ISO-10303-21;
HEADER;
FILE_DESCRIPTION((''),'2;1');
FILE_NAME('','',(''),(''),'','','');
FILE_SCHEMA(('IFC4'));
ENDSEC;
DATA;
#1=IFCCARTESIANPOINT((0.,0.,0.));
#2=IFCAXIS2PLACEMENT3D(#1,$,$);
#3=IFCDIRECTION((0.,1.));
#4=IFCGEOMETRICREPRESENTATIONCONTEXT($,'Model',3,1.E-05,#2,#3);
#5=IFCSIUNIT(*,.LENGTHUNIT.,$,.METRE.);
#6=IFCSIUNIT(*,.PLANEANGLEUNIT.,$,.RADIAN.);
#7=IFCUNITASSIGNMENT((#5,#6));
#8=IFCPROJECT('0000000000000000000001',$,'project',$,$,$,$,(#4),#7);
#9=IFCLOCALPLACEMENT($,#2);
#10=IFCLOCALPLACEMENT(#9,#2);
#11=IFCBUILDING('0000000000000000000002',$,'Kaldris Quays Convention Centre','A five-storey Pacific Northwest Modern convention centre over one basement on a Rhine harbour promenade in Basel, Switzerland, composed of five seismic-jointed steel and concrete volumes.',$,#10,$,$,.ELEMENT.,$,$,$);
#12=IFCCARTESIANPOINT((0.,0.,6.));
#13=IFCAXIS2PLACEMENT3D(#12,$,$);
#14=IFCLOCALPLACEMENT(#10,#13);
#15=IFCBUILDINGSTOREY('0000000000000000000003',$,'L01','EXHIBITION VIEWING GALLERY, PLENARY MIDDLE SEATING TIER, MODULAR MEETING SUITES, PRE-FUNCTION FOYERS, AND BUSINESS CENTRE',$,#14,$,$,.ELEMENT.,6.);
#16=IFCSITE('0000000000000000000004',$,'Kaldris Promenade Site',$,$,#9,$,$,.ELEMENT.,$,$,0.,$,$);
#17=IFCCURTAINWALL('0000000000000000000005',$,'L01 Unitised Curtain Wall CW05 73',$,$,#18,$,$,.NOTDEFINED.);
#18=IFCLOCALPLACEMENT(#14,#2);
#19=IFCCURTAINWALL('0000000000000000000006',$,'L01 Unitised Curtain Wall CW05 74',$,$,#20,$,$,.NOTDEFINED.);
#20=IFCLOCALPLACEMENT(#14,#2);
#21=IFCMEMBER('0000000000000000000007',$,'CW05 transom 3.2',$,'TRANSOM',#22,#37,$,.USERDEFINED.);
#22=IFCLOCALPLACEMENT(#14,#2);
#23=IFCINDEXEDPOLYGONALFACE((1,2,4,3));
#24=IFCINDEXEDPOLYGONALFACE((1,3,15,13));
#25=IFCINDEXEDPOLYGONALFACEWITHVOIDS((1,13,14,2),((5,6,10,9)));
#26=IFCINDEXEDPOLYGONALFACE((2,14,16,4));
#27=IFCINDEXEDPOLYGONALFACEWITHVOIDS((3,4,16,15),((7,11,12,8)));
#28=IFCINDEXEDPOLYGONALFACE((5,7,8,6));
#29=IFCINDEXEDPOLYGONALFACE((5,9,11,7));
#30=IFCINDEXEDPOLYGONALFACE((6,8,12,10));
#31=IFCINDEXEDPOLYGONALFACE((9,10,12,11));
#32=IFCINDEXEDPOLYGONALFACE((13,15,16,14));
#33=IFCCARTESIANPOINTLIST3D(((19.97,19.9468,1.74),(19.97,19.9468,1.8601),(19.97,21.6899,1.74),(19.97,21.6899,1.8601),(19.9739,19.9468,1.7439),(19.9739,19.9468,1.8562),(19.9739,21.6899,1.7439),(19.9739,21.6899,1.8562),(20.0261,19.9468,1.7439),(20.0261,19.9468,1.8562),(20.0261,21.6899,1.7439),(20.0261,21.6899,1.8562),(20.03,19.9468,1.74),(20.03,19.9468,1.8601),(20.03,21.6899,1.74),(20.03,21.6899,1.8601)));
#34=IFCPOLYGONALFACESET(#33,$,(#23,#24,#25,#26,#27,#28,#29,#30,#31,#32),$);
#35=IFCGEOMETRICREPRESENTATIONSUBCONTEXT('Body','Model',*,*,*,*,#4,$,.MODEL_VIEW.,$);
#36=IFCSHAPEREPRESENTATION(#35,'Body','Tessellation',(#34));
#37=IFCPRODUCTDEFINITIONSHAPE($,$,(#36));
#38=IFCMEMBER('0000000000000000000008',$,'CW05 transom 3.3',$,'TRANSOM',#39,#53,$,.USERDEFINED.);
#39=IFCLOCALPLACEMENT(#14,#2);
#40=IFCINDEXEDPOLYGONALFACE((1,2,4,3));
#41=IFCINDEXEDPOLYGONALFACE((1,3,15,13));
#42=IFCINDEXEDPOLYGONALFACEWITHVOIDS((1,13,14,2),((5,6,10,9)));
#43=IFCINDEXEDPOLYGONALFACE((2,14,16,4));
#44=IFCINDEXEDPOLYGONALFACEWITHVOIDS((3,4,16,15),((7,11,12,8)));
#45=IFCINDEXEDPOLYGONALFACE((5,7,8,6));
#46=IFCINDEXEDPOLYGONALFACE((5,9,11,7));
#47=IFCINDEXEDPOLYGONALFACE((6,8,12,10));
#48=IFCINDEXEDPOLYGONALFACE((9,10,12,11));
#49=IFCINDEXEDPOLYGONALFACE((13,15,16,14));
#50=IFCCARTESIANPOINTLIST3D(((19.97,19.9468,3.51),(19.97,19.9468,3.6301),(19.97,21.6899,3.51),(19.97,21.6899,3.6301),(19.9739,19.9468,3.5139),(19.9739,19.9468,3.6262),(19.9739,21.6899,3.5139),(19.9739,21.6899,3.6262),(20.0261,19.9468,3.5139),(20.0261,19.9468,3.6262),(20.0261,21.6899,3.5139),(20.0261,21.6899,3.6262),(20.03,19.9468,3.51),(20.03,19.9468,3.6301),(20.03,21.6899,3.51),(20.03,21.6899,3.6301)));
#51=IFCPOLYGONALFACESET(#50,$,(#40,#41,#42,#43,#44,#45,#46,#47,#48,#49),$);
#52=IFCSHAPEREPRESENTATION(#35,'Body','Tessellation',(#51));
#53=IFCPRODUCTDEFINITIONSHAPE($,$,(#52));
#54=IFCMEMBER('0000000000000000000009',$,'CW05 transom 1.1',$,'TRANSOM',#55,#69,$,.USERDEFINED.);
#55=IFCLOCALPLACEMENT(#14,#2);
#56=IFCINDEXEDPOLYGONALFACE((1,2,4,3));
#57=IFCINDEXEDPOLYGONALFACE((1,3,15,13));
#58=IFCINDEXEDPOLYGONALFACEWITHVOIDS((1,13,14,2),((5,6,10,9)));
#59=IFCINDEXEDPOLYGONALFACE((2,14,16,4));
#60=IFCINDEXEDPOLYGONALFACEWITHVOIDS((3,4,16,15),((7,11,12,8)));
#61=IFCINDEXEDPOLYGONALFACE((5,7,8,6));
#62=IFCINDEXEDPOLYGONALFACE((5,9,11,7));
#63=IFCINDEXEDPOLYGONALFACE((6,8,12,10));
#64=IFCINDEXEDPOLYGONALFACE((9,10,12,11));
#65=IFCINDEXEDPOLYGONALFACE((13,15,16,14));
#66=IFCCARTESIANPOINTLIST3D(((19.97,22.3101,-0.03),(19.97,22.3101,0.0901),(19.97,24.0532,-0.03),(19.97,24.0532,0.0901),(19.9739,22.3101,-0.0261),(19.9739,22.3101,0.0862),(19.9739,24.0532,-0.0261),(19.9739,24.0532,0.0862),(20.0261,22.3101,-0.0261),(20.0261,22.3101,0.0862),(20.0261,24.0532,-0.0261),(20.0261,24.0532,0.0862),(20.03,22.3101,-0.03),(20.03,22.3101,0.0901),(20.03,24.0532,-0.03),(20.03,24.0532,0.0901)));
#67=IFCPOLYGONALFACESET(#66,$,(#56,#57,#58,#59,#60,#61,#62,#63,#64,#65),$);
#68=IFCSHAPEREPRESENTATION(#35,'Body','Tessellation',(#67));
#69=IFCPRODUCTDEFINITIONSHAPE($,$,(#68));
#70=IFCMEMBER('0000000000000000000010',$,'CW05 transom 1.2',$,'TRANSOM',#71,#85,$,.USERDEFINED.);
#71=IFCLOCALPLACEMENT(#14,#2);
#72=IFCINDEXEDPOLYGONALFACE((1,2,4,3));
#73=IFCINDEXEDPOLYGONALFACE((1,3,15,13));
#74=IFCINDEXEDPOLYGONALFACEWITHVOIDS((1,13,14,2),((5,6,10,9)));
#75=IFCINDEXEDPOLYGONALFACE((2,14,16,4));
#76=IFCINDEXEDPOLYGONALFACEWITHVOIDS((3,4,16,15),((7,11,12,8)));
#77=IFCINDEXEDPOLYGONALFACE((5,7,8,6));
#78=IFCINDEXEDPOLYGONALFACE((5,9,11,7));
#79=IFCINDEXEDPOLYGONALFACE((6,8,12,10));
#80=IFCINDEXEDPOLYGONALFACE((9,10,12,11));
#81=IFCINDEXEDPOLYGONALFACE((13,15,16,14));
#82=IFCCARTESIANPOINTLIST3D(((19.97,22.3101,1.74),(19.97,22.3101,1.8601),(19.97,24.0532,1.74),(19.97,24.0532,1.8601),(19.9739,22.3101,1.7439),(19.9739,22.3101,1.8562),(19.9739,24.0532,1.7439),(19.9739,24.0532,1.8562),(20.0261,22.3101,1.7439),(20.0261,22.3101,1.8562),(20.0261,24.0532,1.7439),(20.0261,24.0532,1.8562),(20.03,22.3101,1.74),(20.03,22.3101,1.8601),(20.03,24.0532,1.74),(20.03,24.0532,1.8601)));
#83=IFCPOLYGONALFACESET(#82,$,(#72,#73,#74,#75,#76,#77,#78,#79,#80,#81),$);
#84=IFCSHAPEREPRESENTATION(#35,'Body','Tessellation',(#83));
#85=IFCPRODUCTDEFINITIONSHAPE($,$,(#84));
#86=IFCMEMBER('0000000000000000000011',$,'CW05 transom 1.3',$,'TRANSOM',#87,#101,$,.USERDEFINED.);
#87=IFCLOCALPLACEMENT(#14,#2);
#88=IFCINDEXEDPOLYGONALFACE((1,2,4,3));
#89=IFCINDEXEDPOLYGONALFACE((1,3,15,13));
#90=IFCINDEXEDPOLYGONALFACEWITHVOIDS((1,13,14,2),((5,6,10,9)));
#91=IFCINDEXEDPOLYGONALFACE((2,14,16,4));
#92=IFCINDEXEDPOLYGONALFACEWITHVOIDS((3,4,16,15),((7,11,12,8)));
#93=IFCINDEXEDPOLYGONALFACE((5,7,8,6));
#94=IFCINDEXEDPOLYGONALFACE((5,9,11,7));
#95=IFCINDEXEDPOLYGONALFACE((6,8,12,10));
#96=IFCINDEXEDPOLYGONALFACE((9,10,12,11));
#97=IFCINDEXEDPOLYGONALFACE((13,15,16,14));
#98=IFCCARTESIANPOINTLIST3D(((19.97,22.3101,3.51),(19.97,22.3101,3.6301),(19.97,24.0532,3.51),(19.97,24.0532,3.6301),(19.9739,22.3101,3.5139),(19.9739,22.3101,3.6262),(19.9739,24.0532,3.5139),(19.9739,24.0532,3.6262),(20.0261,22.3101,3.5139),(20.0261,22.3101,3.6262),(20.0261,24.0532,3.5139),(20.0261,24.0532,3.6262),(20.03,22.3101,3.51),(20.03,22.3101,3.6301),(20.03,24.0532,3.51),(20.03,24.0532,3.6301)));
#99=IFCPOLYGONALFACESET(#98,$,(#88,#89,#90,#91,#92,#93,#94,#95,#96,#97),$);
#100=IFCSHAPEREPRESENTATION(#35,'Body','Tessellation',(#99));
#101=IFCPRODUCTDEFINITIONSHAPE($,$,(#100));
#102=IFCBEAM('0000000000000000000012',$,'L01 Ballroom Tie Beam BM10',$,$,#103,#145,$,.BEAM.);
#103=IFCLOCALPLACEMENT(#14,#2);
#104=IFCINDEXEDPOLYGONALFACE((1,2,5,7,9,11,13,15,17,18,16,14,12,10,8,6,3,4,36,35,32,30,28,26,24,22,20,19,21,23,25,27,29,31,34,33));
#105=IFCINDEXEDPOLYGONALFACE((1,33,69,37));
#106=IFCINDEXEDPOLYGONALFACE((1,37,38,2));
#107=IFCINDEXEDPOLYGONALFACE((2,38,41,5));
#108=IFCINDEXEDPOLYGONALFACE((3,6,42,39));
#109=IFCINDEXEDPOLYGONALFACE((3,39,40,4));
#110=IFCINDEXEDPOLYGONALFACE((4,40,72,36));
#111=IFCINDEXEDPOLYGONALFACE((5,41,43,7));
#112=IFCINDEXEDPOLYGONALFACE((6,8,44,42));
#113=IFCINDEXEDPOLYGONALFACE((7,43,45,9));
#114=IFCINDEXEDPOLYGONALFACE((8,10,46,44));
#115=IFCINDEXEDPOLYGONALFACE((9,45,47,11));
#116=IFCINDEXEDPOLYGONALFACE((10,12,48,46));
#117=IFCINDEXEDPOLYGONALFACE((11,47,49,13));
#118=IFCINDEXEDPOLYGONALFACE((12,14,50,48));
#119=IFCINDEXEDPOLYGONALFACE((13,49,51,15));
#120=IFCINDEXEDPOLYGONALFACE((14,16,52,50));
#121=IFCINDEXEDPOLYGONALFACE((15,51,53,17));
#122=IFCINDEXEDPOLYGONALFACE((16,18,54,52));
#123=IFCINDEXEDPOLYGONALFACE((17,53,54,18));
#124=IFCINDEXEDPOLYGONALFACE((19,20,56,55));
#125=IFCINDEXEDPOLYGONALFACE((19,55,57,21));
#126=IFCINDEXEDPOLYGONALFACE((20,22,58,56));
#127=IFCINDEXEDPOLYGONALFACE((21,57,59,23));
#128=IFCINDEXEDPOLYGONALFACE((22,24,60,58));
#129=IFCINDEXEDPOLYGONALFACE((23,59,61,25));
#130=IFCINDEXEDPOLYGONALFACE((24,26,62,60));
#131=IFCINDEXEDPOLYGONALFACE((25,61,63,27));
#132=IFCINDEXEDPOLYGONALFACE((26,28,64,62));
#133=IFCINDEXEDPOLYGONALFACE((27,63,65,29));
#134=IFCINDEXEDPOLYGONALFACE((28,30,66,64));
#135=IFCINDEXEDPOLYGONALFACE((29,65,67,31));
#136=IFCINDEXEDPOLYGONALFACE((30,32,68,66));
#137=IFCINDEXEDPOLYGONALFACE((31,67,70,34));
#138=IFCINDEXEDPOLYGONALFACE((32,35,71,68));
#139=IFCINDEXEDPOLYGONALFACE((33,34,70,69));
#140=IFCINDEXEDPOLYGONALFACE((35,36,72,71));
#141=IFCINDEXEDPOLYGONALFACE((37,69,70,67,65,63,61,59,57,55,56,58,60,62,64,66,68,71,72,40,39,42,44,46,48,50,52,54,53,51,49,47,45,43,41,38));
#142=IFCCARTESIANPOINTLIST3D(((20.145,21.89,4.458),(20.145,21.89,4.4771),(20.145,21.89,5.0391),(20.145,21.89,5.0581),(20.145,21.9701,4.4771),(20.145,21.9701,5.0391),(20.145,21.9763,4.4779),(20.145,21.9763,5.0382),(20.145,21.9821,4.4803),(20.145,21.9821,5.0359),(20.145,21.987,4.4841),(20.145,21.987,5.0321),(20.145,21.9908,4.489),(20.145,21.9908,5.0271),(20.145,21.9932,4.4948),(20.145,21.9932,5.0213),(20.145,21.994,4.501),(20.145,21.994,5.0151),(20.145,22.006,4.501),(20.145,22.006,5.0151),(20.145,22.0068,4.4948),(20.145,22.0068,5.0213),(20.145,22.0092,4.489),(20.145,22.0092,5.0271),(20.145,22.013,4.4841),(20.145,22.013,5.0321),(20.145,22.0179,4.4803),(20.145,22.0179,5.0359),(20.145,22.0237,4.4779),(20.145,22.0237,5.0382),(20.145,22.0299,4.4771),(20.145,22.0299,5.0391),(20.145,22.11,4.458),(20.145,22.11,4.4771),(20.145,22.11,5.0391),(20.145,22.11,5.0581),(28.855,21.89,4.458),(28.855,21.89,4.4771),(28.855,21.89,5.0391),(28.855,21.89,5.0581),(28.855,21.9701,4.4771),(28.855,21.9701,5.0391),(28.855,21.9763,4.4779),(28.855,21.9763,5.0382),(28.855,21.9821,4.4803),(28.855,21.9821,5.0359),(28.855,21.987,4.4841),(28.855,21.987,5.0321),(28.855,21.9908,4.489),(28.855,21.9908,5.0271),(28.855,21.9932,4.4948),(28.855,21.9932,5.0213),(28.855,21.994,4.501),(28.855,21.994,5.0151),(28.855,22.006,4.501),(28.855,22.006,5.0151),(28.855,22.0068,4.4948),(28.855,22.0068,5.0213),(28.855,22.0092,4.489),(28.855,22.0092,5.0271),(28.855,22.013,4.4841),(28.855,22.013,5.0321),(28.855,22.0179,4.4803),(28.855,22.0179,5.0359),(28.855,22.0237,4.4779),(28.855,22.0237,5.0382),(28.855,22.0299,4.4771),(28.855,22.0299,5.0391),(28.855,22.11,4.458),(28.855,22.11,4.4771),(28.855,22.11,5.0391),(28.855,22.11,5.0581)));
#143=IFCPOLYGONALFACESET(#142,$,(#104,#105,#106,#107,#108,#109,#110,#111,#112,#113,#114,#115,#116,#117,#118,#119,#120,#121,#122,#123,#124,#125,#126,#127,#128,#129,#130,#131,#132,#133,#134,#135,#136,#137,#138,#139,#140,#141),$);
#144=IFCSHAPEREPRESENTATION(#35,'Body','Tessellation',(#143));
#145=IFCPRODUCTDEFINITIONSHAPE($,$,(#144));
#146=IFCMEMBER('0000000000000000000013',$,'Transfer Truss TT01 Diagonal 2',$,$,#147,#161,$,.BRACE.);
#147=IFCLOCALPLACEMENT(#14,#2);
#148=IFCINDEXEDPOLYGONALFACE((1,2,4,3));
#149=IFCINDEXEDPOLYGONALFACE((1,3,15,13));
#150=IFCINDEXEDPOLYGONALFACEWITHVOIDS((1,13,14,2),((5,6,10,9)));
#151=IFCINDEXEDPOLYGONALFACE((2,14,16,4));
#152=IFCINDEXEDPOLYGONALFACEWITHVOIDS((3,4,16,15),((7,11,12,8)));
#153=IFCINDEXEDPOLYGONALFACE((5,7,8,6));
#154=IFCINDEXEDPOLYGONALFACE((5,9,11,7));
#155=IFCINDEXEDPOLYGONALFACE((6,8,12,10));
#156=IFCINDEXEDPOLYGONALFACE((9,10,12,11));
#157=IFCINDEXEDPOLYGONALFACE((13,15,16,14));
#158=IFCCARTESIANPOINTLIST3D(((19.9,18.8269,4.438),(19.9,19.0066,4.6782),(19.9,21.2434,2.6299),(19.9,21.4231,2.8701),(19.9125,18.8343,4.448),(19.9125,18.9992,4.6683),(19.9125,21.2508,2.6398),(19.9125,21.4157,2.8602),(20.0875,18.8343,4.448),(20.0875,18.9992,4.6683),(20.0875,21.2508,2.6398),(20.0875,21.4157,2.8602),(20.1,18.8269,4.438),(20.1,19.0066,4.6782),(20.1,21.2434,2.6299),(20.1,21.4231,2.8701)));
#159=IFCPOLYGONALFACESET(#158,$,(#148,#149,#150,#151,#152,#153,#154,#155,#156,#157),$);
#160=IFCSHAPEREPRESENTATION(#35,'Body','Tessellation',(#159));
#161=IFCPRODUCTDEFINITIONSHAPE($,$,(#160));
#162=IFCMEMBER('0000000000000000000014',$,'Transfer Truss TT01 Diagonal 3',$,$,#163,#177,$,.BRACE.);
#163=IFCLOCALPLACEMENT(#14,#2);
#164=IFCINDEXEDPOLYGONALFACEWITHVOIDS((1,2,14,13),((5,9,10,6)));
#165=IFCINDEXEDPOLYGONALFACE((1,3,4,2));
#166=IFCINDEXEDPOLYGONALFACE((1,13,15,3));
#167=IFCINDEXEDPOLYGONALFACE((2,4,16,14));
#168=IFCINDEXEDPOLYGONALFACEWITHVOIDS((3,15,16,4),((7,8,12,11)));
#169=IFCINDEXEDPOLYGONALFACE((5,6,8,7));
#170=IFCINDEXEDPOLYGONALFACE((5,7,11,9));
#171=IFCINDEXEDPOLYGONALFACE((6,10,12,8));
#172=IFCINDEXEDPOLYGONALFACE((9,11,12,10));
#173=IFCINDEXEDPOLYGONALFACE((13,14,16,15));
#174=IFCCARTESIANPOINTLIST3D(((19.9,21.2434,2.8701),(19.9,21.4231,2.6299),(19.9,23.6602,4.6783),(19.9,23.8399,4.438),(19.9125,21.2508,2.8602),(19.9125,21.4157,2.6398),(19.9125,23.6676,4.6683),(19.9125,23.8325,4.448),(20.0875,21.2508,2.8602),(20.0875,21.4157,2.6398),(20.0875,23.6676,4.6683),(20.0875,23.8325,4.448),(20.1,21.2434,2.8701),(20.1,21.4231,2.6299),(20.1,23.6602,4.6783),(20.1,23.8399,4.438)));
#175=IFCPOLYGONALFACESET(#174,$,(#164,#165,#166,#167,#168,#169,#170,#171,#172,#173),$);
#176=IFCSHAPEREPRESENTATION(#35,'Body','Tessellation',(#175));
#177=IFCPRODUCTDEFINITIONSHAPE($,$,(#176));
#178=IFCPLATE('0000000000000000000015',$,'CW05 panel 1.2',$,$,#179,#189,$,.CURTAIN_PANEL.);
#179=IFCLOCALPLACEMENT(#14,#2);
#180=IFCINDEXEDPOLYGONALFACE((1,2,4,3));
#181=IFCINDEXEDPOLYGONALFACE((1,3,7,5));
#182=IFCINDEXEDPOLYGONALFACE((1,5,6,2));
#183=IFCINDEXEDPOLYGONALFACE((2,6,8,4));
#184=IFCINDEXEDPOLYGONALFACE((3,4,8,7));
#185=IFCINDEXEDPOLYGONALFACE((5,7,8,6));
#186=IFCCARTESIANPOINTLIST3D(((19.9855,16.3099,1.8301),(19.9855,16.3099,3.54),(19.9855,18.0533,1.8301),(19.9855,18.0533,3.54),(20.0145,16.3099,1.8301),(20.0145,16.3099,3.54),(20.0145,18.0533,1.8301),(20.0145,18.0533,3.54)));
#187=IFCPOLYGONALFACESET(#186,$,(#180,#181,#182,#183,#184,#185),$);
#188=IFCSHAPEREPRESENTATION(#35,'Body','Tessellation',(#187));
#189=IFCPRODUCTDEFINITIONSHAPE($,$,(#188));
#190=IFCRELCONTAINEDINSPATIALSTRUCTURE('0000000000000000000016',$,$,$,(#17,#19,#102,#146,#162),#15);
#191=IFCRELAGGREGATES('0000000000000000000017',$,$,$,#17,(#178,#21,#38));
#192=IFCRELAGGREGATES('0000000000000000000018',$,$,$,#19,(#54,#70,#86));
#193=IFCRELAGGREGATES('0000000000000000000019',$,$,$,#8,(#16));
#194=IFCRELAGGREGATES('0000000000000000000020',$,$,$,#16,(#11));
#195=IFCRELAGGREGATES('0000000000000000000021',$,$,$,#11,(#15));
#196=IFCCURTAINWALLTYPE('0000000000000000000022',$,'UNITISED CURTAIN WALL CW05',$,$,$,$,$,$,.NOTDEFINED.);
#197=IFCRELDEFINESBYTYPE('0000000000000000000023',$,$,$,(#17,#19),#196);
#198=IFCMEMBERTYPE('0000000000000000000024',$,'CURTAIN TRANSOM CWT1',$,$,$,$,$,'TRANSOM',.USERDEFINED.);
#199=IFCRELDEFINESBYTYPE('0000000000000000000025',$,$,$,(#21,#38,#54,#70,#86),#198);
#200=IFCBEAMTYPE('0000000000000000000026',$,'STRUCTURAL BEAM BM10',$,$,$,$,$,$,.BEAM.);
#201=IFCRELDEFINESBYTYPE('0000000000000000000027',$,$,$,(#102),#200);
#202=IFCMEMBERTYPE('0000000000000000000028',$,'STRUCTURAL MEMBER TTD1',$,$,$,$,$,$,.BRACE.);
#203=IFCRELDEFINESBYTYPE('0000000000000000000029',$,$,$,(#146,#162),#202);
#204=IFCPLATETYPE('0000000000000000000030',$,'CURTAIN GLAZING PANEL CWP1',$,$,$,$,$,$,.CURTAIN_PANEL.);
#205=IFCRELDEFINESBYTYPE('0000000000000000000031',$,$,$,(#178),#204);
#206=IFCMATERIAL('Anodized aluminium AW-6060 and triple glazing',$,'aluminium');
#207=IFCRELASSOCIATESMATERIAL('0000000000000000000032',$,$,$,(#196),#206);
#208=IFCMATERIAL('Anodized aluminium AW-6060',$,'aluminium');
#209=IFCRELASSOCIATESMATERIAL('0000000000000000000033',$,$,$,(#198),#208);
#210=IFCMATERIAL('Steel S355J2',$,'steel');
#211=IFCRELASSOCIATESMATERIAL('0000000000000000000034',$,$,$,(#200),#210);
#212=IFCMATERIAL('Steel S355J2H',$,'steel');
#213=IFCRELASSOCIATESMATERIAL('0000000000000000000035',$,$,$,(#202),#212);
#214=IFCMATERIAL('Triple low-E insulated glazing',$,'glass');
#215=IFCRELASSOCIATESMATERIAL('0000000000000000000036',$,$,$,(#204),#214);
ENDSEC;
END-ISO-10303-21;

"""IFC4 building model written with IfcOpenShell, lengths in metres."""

from ifc_helpers import new_model, si_unit, direction, frame, origin, origin_2d, place, context, subcontext, project, spatial, rectangle, hollow_rectangle, i_section, extrude, material, material_profile, profile_set, type_object, element, aggregate, save


model = new_model("IFC4")

# Units and contexts
model_context = context("Model", 3, precision=1e-05, world=origin(), true_north=direction((0.0, 1.0)))
body_context = subcontext(model_context, "Body", "Model", "MODEL_VIEW")
ifc_project = project(units=[si_unit("LENGTHUNIT", "METRE"), si_unit("PLANEANGLEUNIT", "RADIAN")], contexts=[model_context])

# Site, building, storey
site_placement = place(None, origin())
site = spatial("IfcSite", under=ifc_project, at=site_placement, Name="Kaldris Promenade Site", CompositionType="ELEMENT", RefElevation=0.0)
building_placement = place(site_placement, origin())
building = spatial("IfcBuilding", under=site, at=building_placement, Name="Kaldris Quays Convention Centre", Description="A five-storey Pacific Northwest Modern convention centre over one basement on a Rhine harbour promenade in Basel, Switzerland, composed of five seismic-jointed steel and concrete volumes.", CompositionType="ELEMENT")
storey_placement = place(building_placement, frame((0.0, 0.0, 6.0)))
storey = spatial("IfcBuildingStorey", under=building, at=storey_placement, Name="L01", Description="EXHIBITION VIEWING GALLERY, PLENARY MIDDLE SEATING TIER, MODULAR MEETING SUITES, PRE-FUNCTION FOYERS, AND BUSINESS CENTRE", CompositionType="ELEMENT", Elevation=6.0)

# Curtain wall
ifc_material_1 = material(Name="Anodized aluminium AW-6060 and triple glazing", Category="aluminium")
curtain_wall_type = type_object("IfcCurtainWallType", Name="UNITISED CURTAIN WALL CW05", PredefinedType="NOTDEFINED", material=ifc_material_1)
curtain_wall_1_placement = place(storey_placement, origin())
curtain_wall_1 = element("IfcCurtainWall", 1, at=curtain_wall_1_placement, inside=storey, type_object=curtain_wall_type, Name="L01 Unitised Curtain Wall CW05 73", PredefinedType="NOTDEFINED")
ifc_material_2 = material(Name="Anodized aluminium AW-6060", Category="aluminium")

# Curtain wall
curtain_wall_2_placement = place(storey_placement, origin())
curtain_wall_2 = element("IfcCurtainWall", 2, at=curtain_wall_2_placement, inside=storey, type_object=curtain_wall_type, Name="L01 Unitised Curtain Wall CW05 74", PredefinedType="NOTDEFINED")

# Members
ifc_material_profile_1 = material_profile(ifc_material_2, hollow_rectangle(XDim=0.0601, YDim=0.1201, WallThickness=0.0039, at=origin_2d()), Name="RHS 120x60x4")
ifc_profile_set_1 = profile_set([ifc_material_profile_1], Name="Anodized aluminium AW-6060")
member_type_1 = type_object("IfcMemberType", Name="CURTAIN TRANSOM CWT1", ElementType="TRANSOM", PredefinedType="USERDEFINED", material=ifc_profile_set_1)
member_1_placement = place(storey_placement, frame((20.0, 19.9468, 1.8), z_axis=(0.0, 1.0, 0.0), x_axis=(-1.0, 0.0, 0.0)))
member_1 = element("IfcMember", 3, at=member_1_placement, type_object=member_type_1, Name="CW05 transom 3.2", ObjectType="TRANSOM", PredefinedType="USERDEFINED", context=body_context, shape_type="SweptSolid", body=[
    extrude(hollow_rectangle(XDim=0.0601, YDim=0.1201, WallThickness=0.0039, at=origin_2d()), origin(), (0.0, 0.0, 1.0), 1.7432),
])
member_2_placement = place(storey_placement, frame((20.0, 19.9468, 3.5701), z_axis=(0.0, 1.0, 0.0), x_axis=(-1.0, 0.0, 0.0)))
member_2 = element("IfcMember", 4, at=member_2_placement, type_object=member_type_1, Name="CW05 transom 3.3", ObjectType="TRANSOM", PredefinedType="USERDEFINED", context=body_context, shape_type="SweptSolid", body=[
    extrude(hollow_rectangle(XDim=0.0601, YDim=0.1201, WallThickness=0.0039, at=origin_2d()), origin(), (0.0, 0.0, 1.0), 1.7432),
])
member_3_placement = place(storey_placement, frame((20.0, 22.3101, 0.03), z_axis=(0.0, 1.0, 0.0), x_axis=(-1.0, 0.0, 0.0)))
member_3 = element("IfcMember", 5, at=member_3_placement, type_object=member_type_1, Name="CW05 transom 1.1", ObjectType="TRANSOM", PredefinedType="USERDEFINED", context=body_context, shape_type="SweptSolid", body=[
    extrude(hollow_rectangle(XDim=0.0601, YDim=0.1201, WallThickness=0.0039, at=origin_2d()), origin(), (0.0, 0.0, 1.0), 1.7432),
])
member_4_placement = place(storey_placement, frame((20.0, 22.3101, 1.8), z_axis=(0.0, 1.0, 0.0), x_axis=(-1.0, 0.0, 0.0)))
member_4 = element("IfcMember", 6, at=member_4_placement, type_object=member_type_1, Name="CW05 transom 1.2", ObjectType="TRANSOM", PredefinedType="USERDEFINED", context=body_context, shape_type="SweptSolid", body=[
    extrude(hollow_rectangle(XDim=0.0601, YDim=0.1201, WallThickness=0.0039, at=origin_2d()), origin(), (0.0, 0.0, 1.0), 1.7432),
])
member_5_placement = place(storey_placement, frame((20.0, 22.3101, 3.5701), z_axis=(0.0, 1.0, 0.0), x_axis=(-1.0, 0.0, 0.0)))
member_5 = element("IfcMember", 7, at=member_5_placement, type_object=member_type_1, Name="CW05 transom 1.3", ObjectType="TRANSOM", PredefinedType="USERDEFINED", context=body_context, shape_type="SweptSolid", body=[
    extrude(hollow_rectangle(XDim=0.0601, YDim=0.1201, WallThickness=0.0039, at=origin_2d()), origin(), (0.0, 0.0, 1.0), 1.7432),
])

# Beam
ifc_material_3 = material(Name="Steel S355J2", Category="steel")
ifc_material_profile_2 = material_profile(ifc_material_3, i_section(OverallWidth=0.22, OverallDepth=0.6001, WebThickness=0.012, FlangeThickness=0.019, FilletRadius=0.0239, at=origin_2d()), Name="IPE 600")
ifc_profile_set_2 = profile_set([ifc_material_profile_2], Name="Steel S355J2")
beam_type = type_object("IfcBeamType", Name="STRUCTURAL BEAM BM10", PredefinedType="BEAM", material=ifc_profile_set_2)
beam_placement = place(storey_placement, frame((20.145, 22.0, 4.7581), z_axis=(1.0, 0.0, 0.0), x_axis=(0.0, 1.0, 0.0)))
element("IfcBeam", 8, at=beam_placement, inside=storey, type_object=beam_type, Name="L01 Ballroom Tie Beam BM10", PredefinedType="BEAM", context=body_context, shape_type="SweptSolid", body=[
    extrude(i_section(OverallWidth=0.22, OverallDepth=0.6001, WebThickness=0.012, FlangeThickness=0.019, FilletRadius=0.0239, at=origin_2d()), origin(), (0.0, 0.0, 1.0), 8.71),
])

# Members
ifc_material_4 = material(Name="Steel S355J2H", Category="steel")
ifc_material_profile_3 = material_profile(ifc_material_4, hollow_rectangle(XDim=0.2, YDim=0.3, WallThickness=0.0125, at=origin_2d()), Name="RHS 300x200x12.5")
ifc_profile_set_3 = profile_set([ifc_material_profile_3], Name="Steel S355J2H")
member_type_2 = type_object("IfcMemberType", Name="STRUCTURAL MEMBER TTD1", PredefinedType="BRACE", material=ifc_profile_set_3)
member_6_placement = place(storey_placement, frame((20.0, 21.3333, 2.75), z_axis=(0.0, -0.800679, 0.599094), x_axis=(1.0, 0.0, 0.0)))
element("IfcMember", 9, at=member_6_placement, inside=storey, type_object=member_type_2, Name="Transfer Truss TT01 Diagonal 2", PredefinedType="BRACE", context=body_context, shape_type="SweptSolid", body=[
    extrude(hollow_rectangle(XDim=0.2, YDim=0.3, WallThickness=0.0125, at=origin_2d()), origin(), (0.0, 0.0, 1.0), 3.0181),
])
member_7_placement = place(storey_placement, frame((20.0, 21.3333, 2.75), z_axis=(0.0, 0.800708, 0.599055), x_axis=(-1.0, 0.0, 0.0)))
element("IfcMember", 10, at=member_7_placement, inside=storey, type_object=member_type_2, Name="Transfer Truss TT01 Diagonal 3", PredefinedType="BRACE", context=body_context, shape_type="SweptSolid", body=[
    extrude(hollow_rectangle(XDim=0.2, YDim=0.3, WallThickness=0.0125, at=origin_2d()), origin(), (0.0, 0.0, 1.0), 3.0183),
])

# Plate
ifc_material_5 = material(Name="Triple low-E insulated glazing", Category="glass")
plate_type_1 = type_object("IfcPlateType", Name="CURTAIN GLAZING PANEL CWP1", PredefinedType="CURTAIN_PANEL", material=ifc_material_5)
plate_1_placement = place(storey_placement, frame((20.0, 17.1816, 1.8301), z_axis=(0.0, 0.0, 1.0), x_axis=(0.0, 1.0, 0.0)))
plate_1 = element("IfcPlate", 11, at=plate_1_placement, type_object=plate_type_1, Name="CW05 panel 1.2", PredefinedType="CURTAIN_PANEL", context=body_context, shape_type="SweptSolid", body=[
    extrude(rectangle(XDim=1.7434, YDim=0.0291, at=origin_2d()), origin(), (0.0, 0.0, 1.0), 1.71),
])
aggregate(curtain_wall_1, [plate_1, member_1, member_2])
aggregate(curtain_wall_2, [member_3, member_4, member_5])

save(model, "model.ifc")
